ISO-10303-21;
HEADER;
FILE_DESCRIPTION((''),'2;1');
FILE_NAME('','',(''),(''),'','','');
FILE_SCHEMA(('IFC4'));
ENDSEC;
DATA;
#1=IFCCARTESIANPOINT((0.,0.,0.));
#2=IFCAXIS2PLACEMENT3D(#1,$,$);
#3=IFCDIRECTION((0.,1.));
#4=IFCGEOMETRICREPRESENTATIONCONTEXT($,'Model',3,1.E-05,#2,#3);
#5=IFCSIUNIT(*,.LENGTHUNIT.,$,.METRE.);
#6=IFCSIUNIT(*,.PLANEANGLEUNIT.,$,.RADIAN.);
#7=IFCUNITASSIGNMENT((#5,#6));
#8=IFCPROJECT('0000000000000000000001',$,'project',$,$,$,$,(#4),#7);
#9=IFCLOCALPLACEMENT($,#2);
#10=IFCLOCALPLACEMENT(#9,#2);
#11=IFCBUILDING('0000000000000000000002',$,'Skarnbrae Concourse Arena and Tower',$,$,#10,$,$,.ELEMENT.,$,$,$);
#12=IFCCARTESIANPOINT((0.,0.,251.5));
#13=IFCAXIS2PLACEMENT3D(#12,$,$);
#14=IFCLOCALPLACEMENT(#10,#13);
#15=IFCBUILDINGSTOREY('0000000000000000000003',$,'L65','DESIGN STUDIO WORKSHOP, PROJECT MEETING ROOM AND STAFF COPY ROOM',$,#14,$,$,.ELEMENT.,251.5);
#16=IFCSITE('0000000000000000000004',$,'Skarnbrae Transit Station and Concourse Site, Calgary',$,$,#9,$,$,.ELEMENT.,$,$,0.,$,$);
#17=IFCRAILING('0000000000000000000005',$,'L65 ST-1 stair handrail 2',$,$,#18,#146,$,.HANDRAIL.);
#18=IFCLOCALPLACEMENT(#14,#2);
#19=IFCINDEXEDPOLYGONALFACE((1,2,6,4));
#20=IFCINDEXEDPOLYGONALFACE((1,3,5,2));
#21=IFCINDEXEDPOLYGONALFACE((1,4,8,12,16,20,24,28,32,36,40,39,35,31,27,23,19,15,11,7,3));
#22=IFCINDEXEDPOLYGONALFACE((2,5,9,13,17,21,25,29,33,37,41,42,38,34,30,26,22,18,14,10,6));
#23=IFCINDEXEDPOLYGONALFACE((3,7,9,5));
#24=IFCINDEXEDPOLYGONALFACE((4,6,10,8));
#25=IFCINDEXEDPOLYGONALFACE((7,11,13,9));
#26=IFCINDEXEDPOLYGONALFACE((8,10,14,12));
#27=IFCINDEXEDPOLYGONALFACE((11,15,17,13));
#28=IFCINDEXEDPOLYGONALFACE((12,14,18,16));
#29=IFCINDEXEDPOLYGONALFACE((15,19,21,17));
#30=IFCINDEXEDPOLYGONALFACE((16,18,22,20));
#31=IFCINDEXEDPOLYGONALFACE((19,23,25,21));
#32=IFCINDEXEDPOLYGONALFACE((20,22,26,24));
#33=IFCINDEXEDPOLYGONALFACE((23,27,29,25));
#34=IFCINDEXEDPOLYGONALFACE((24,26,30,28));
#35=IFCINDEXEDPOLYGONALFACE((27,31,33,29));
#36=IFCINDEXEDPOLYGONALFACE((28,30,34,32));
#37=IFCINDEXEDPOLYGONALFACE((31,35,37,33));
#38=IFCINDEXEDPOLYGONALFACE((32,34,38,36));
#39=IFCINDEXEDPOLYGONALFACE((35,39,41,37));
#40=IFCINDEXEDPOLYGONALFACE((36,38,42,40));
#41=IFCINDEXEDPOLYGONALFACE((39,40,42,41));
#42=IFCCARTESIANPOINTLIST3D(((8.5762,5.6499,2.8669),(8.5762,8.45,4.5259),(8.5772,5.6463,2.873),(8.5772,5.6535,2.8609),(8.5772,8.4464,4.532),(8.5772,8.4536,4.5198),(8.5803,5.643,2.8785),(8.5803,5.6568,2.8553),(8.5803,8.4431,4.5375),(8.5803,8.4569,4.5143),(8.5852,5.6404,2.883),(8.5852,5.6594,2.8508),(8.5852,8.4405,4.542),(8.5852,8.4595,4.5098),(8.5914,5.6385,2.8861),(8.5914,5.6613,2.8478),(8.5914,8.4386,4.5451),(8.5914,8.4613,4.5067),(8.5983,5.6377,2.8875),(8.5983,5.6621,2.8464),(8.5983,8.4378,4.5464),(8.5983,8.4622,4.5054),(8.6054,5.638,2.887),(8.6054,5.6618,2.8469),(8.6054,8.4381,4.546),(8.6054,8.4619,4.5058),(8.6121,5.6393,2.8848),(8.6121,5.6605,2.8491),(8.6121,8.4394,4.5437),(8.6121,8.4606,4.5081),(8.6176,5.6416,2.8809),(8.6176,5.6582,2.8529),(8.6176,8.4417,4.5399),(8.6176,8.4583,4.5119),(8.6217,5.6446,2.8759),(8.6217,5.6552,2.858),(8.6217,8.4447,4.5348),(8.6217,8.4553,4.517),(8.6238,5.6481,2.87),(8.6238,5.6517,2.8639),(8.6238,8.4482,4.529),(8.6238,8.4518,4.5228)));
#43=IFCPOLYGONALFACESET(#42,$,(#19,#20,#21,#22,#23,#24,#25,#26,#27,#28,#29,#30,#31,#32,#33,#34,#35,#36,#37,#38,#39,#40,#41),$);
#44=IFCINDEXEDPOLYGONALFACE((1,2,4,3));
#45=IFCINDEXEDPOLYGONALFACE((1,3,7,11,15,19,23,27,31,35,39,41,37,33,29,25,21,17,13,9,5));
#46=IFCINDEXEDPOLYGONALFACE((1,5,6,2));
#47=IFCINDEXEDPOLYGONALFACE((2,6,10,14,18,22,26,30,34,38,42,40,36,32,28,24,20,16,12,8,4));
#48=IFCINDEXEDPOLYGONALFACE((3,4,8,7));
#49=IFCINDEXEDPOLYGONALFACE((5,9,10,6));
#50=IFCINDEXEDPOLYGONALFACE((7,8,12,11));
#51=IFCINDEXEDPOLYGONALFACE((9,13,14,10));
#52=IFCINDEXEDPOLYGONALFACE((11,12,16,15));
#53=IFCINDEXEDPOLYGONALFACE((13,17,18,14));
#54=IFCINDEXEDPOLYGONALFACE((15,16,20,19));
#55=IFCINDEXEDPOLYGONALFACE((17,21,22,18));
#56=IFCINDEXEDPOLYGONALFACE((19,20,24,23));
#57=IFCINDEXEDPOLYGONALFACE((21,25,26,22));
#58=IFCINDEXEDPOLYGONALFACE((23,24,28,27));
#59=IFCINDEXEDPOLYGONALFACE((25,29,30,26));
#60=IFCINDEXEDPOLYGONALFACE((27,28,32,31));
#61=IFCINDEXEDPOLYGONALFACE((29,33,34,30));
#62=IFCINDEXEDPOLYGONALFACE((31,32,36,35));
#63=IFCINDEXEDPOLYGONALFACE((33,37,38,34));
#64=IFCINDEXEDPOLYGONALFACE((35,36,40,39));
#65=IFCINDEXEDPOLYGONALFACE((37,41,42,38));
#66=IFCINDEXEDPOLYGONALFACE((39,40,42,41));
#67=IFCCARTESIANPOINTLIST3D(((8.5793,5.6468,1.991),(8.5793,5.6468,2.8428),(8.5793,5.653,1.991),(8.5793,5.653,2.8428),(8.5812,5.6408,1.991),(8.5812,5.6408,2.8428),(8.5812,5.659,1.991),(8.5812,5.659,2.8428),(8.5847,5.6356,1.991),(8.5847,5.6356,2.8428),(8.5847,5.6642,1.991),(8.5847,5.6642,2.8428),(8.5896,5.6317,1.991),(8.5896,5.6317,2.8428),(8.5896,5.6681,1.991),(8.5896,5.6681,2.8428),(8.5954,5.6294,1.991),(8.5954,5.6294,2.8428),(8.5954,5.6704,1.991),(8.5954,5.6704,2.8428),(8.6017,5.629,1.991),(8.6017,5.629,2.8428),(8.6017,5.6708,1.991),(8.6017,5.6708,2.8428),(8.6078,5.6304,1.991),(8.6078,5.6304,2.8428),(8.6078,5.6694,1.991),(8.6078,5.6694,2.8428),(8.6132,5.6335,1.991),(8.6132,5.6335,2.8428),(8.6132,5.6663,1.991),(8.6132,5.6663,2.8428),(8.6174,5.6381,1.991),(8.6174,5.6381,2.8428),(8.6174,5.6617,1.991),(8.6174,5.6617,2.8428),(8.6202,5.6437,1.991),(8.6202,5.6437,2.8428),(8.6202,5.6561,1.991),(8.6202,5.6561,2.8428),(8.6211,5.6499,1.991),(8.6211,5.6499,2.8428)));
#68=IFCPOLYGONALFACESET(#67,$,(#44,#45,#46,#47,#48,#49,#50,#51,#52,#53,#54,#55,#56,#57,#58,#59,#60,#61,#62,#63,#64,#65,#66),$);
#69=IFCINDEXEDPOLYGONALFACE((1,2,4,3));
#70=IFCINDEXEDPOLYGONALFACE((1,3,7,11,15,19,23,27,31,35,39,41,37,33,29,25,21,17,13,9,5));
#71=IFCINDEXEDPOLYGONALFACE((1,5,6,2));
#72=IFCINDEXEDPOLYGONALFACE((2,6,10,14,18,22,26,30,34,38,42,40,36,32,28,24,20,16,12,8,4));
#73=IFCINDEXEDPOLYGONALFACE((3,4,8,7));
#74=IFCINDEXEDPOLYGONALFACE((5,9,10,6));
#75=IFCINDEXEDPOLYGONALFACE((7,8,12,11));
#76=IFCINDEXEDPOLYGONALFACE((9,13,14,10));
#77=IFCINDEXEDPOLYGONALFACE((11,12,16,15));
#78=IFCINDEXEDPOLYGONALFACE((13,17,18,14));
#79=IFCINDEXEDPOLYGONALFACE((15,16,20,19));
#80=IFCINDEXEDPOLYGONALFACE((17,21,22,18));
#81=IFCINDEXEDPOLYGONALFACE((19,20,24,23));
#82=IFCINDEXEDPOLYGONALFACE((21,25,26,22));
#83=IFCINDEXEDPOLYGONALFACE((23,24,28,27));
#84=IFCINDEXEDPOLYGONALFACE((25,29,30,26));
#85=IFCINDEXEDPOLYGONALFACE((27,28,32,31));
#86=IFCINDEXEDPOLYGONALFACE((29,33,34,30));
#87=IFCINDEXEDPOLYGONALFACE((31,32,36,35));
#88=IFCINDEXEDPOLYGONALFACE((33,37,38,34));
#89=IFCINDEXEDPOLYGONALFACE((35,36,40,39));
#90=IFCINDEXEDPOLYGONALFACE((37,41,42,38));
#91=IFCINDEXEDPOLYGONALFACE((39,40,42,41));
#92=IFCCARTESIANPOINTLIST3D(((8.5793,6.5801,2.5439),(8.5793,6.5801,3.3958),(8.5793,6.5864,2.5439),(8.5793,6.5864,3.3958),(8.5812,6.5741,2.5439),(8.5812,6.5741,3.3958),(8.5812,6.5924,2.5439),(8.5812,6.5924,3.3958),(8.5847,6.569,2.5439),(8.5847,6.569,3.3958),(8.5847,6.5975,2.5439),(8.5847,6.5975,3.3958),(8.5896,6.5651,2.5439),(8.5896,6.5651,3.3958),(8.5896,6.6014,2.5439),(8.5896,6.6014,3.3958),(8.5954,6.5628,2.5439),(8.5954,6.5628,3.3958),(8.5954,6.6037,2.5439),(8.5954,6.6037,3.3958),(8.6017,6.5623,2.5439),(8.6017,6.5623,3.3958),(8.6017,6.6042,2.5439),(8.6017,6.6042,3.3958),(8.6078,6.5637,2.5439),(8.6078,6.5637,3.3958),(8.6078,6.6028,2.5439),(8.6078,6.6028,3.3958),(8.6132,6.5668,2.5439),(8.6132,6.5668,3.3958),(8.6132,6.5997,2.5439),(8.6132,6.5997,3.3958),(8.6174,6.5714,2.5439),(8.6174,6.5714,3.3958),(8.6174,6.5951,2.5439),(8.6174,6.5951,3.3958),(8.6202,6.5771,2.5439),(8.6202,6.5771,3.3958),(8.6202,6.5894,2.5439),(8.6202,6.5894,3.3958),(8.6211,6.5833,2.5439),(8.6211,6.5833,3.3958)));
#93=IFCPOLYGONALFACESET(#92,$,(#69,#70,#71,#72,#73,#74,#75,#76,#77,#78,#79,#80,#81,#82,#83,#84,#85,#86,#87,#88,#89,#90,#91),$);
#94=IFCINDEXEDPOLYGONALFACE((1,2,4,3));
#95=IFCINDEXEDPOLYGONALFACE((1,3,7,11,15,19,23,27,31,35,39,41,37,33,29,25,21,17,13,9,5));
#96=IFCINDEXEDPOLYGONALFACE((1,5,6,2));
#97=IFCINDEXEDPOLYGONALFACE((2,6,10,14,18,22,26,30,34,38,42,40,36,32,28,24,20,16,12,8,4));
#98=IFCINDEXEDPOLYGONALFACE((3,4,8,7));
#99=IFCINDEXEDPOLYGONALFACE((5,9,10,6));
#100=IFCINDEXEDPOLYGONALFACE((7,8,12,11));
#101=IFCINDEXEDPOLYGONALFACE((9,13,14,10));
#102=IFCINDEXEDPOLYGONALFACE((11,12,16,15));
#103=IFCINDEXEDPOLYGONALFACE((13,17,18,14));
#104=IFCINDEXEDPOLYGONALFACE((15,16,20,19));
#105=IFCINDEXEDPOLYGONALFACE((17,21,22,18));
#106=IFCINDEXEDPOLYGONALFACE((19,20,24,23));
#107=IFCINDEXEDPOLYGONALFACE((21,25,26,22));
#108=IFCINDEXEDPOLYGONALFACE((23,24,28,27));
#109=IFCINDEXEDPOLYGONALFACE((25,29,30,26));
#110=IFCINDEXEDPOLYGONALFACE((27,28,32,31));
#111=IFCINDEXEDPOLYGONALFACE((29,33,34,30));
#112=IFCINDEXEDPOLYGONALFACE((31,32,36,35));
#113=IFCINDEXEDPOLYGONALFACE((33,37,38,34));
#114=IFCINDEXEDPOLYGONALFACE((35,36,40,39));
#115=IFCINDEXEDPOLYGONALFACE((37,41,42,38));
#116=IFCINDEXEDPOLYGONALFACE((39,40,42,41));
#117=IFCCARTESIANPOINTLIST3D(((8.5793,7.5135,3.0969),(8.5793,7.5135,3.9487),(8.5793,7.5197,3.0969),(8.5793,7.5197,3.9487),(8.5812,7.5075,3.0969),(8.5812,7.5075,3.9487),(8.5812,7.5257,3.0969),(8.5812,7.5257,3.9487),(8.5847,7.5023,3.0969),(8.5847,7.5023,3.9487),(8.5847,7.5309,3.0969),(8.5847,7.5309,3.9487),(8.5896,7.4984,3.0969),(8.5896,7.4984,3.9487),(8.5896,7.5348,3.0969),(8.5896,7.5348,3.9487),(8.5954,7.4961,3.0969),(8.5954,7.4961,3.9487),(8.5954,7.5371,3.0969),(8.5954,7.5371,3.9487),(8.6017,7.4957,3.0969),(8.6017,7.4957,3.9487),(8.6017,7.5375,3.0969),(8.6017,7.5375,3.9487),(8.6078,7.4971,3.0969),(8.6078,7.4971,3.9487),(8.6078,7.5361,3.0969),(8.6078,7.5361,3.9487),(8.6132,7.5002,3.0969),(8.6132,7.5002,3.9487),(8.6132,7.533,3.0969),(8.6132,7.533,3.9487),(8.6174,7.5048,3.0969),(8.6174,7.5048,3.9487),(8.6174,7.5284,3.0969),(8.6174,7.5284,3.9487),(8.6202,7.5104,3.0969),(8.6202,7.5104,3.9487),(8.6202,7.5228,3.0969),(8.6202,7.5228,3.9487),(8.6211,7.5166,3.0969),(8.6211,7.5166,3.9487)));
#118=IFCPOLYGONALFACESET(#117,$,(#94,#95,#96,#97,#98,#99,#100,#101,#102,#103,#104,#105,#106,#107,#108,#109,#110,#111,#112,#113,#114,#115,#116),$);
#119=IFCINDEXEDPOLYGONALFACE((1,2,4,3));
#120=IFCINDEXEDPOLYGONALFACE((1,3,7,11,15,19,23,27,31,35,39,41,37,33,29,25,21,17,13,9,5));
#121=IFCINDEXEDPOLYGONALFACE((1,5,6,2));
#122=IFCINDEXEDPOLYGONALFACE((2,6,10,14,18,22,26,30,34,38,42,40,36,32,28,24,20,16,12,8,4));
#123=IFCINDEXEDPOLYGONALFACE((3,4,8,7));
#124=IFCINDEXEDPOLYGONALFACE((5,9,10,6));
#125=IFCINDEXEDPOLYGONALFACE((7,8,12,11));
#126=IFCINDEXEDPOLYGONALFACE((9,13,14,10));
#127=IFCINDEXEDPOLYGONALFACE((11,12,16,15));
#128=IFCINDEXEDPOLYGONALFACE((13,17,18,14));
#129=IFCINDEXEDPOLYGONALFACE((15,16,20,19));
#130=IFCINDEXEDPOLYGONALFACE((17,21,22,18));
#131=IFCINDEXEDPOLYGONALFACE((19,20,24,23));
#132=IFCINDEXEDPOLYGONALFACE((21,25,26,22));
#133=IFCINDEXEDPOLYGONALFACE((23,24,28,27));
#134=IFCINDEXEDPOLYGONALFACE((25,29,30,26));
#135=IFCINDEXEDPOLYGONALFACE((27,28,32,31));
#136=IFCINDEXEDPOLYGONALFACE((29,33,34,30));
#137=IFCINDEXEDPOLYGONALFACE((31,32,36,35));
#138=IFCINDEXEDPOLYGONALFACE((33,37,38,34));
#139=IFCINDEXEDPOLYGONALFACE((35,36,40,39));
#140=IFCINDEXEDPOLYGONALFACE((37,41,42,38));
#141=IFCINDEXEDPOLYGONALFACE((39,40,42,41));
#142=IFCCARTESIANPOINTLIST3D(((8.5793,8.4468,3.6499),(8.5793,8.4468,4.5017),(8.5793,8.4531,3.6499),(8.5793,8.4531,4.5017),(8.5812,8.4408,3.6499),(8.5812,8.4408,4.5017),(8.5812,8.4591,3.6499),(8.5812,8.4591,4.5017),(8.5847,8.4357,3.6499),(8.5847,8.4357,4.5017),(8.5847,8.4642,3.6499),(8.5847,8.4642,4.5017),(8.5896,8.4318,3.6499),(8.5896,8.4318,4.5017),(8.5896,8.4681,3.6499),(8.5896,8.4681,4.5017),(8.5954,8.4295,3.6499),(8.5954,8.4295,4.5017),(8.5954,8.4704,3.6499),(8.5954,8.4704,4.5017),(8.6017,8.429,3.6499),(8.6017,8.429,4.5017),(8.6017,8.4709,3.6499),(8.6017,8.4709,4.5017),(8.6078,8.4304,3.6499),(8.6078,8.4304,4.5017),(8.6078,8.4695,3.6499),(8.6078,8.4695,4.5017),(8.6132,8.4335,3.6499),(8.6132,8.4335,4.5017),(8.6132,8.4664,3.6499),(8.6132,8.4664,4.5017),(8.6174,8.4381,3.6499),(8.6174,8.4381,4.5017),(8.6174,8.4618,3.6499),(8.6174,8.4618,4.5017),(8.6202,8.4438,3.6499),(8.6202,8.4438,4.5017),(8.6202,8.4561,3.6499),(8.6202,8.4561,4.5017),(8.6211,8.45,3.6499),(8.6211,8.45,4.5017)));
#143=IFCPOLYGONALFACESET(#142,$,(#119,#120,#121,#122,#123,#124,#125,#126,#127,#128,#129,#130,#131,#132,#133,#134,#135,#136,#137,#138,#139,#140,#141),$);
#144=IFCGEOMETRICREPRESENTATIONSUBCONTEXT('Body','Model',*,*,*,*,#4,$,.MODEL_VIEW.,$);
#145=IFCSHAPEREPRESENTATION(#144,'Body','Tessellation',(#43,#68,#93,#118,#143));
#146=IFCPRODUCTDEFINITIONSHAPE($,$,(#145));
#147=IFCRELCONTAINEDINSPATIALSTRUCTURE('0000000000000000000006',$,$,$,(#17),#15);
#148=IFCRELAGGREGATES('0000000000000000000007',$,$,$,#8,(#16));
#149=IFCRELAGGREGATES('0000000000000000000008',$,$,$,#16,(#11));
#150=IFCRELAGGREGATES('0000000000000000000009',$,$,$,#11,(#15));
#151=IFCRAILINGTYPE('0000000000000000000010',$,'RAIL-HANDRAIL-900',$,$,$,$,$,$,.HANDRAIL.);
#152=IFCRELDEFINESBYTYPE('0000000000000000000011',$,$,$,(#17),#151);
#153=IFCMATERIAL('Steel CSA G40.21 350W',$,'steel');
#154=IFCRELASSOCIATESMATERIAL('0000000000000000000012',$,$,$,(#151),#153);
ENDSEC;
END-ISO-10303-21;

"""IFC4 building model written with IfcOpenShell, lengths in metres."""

from ifc_helpers import new_model, si_unit, direction, frame, origin, origin_2d, place, context, subcontext, project, spatial, circle, extrude, material, type_object, element, save


model = new_model("IFC4")

# Units and contexts
model_context = context("Model", 3, precision=1e-05, world=origin(), true_north=direction((0.0, 1.0)))
body_context = subcontext(model_context, "Body", "Model", "MODEL_VIEW")
ifc_project = project(units=[si_unit("LENGTHUNIT", "METRE"), si_unit("PLANEANGLEUNIT", "RADIAN")], contexts=[model_context])

# Site, building, storey
site_placement = place(None, origin())
site = spatial("IfcSite", under=ifc_project, at=site_placement, Name="Skarnbrae Transit Station and Concourse Site, Calgary", CompositionType="ELEMENT", RefElevation=0.0)
building_placement = place(site_placement, origin())
building = spatial("IfcBuilding", under=site, at=building_placement, Name="Skarnbrae Concourse Arena and Tower", CompositionType="ELEMENT")
storey_placement = place(building_placement, frame((0.0, 0.0, 251.5)))
storey = spatial("IfcBuildingStorey", under=building, at=storey_placement, Name="L65", Description="DESIGN STUDIO WORKSHOP, PROJECT MEETING ROOM AND STAFF COPY ROOM", CompositionType="ELEMENT", Elevation=251.5)

# Shared definitions
ifc_material_1 = material(Name="Steel CSA G40.21 350W", Category="steel")

# Railing
railing_type_1 = type_object("IfcRailingType", Name="RAIL-HANDRAIL-900", PredefinedType="HANDRAIL", material=ifc_material_1)
railing_1_placement = place(storey_placement, frame((8.6001, 5.6499, 1.991)))
element("IfcRailing", 1, at=railing_1_placement, inside=storey, type_object=railing_type_1, Name="L65 ST-1 stair handrail 2", PredefinedType="HANDRAIL", context=body_context, shape_type="SweptSolid", body=[
    extrude(circle(Radius=0.0239, at=origin_2d()), frame((0.0, 0.0, 0.876), z_axis=(0.0, 0.860339, 0.509722), x_axis=(-1.0, 0.0, 0.0)), (0.0, 0.0, 1.0), 3.2546),
    extrude(circle(Radius=0.021, at=origin_2d()), origin(), (0.0, 0.0, 1.0), 0.8518),
    extrude(circle(Radius=0.021, at=origin_2d()), frame((0.0, 0.9333, 0.553)), (0.0, 0.0, 1.0), 0.8518),
    extrude(circle(Radius=0.021, at=origin_2d()), frame((0.0, 1.8667, 1.106)), (0.0, 0.0, 1.0), 0.8518),
    extrude(circle(Radius=0.021, at=origin_2d()), frame((0.0, 2.8, 1.6589)), (0.0, 0.0, 1.0), 0.8518),
])

save(model, "model.ifc")
